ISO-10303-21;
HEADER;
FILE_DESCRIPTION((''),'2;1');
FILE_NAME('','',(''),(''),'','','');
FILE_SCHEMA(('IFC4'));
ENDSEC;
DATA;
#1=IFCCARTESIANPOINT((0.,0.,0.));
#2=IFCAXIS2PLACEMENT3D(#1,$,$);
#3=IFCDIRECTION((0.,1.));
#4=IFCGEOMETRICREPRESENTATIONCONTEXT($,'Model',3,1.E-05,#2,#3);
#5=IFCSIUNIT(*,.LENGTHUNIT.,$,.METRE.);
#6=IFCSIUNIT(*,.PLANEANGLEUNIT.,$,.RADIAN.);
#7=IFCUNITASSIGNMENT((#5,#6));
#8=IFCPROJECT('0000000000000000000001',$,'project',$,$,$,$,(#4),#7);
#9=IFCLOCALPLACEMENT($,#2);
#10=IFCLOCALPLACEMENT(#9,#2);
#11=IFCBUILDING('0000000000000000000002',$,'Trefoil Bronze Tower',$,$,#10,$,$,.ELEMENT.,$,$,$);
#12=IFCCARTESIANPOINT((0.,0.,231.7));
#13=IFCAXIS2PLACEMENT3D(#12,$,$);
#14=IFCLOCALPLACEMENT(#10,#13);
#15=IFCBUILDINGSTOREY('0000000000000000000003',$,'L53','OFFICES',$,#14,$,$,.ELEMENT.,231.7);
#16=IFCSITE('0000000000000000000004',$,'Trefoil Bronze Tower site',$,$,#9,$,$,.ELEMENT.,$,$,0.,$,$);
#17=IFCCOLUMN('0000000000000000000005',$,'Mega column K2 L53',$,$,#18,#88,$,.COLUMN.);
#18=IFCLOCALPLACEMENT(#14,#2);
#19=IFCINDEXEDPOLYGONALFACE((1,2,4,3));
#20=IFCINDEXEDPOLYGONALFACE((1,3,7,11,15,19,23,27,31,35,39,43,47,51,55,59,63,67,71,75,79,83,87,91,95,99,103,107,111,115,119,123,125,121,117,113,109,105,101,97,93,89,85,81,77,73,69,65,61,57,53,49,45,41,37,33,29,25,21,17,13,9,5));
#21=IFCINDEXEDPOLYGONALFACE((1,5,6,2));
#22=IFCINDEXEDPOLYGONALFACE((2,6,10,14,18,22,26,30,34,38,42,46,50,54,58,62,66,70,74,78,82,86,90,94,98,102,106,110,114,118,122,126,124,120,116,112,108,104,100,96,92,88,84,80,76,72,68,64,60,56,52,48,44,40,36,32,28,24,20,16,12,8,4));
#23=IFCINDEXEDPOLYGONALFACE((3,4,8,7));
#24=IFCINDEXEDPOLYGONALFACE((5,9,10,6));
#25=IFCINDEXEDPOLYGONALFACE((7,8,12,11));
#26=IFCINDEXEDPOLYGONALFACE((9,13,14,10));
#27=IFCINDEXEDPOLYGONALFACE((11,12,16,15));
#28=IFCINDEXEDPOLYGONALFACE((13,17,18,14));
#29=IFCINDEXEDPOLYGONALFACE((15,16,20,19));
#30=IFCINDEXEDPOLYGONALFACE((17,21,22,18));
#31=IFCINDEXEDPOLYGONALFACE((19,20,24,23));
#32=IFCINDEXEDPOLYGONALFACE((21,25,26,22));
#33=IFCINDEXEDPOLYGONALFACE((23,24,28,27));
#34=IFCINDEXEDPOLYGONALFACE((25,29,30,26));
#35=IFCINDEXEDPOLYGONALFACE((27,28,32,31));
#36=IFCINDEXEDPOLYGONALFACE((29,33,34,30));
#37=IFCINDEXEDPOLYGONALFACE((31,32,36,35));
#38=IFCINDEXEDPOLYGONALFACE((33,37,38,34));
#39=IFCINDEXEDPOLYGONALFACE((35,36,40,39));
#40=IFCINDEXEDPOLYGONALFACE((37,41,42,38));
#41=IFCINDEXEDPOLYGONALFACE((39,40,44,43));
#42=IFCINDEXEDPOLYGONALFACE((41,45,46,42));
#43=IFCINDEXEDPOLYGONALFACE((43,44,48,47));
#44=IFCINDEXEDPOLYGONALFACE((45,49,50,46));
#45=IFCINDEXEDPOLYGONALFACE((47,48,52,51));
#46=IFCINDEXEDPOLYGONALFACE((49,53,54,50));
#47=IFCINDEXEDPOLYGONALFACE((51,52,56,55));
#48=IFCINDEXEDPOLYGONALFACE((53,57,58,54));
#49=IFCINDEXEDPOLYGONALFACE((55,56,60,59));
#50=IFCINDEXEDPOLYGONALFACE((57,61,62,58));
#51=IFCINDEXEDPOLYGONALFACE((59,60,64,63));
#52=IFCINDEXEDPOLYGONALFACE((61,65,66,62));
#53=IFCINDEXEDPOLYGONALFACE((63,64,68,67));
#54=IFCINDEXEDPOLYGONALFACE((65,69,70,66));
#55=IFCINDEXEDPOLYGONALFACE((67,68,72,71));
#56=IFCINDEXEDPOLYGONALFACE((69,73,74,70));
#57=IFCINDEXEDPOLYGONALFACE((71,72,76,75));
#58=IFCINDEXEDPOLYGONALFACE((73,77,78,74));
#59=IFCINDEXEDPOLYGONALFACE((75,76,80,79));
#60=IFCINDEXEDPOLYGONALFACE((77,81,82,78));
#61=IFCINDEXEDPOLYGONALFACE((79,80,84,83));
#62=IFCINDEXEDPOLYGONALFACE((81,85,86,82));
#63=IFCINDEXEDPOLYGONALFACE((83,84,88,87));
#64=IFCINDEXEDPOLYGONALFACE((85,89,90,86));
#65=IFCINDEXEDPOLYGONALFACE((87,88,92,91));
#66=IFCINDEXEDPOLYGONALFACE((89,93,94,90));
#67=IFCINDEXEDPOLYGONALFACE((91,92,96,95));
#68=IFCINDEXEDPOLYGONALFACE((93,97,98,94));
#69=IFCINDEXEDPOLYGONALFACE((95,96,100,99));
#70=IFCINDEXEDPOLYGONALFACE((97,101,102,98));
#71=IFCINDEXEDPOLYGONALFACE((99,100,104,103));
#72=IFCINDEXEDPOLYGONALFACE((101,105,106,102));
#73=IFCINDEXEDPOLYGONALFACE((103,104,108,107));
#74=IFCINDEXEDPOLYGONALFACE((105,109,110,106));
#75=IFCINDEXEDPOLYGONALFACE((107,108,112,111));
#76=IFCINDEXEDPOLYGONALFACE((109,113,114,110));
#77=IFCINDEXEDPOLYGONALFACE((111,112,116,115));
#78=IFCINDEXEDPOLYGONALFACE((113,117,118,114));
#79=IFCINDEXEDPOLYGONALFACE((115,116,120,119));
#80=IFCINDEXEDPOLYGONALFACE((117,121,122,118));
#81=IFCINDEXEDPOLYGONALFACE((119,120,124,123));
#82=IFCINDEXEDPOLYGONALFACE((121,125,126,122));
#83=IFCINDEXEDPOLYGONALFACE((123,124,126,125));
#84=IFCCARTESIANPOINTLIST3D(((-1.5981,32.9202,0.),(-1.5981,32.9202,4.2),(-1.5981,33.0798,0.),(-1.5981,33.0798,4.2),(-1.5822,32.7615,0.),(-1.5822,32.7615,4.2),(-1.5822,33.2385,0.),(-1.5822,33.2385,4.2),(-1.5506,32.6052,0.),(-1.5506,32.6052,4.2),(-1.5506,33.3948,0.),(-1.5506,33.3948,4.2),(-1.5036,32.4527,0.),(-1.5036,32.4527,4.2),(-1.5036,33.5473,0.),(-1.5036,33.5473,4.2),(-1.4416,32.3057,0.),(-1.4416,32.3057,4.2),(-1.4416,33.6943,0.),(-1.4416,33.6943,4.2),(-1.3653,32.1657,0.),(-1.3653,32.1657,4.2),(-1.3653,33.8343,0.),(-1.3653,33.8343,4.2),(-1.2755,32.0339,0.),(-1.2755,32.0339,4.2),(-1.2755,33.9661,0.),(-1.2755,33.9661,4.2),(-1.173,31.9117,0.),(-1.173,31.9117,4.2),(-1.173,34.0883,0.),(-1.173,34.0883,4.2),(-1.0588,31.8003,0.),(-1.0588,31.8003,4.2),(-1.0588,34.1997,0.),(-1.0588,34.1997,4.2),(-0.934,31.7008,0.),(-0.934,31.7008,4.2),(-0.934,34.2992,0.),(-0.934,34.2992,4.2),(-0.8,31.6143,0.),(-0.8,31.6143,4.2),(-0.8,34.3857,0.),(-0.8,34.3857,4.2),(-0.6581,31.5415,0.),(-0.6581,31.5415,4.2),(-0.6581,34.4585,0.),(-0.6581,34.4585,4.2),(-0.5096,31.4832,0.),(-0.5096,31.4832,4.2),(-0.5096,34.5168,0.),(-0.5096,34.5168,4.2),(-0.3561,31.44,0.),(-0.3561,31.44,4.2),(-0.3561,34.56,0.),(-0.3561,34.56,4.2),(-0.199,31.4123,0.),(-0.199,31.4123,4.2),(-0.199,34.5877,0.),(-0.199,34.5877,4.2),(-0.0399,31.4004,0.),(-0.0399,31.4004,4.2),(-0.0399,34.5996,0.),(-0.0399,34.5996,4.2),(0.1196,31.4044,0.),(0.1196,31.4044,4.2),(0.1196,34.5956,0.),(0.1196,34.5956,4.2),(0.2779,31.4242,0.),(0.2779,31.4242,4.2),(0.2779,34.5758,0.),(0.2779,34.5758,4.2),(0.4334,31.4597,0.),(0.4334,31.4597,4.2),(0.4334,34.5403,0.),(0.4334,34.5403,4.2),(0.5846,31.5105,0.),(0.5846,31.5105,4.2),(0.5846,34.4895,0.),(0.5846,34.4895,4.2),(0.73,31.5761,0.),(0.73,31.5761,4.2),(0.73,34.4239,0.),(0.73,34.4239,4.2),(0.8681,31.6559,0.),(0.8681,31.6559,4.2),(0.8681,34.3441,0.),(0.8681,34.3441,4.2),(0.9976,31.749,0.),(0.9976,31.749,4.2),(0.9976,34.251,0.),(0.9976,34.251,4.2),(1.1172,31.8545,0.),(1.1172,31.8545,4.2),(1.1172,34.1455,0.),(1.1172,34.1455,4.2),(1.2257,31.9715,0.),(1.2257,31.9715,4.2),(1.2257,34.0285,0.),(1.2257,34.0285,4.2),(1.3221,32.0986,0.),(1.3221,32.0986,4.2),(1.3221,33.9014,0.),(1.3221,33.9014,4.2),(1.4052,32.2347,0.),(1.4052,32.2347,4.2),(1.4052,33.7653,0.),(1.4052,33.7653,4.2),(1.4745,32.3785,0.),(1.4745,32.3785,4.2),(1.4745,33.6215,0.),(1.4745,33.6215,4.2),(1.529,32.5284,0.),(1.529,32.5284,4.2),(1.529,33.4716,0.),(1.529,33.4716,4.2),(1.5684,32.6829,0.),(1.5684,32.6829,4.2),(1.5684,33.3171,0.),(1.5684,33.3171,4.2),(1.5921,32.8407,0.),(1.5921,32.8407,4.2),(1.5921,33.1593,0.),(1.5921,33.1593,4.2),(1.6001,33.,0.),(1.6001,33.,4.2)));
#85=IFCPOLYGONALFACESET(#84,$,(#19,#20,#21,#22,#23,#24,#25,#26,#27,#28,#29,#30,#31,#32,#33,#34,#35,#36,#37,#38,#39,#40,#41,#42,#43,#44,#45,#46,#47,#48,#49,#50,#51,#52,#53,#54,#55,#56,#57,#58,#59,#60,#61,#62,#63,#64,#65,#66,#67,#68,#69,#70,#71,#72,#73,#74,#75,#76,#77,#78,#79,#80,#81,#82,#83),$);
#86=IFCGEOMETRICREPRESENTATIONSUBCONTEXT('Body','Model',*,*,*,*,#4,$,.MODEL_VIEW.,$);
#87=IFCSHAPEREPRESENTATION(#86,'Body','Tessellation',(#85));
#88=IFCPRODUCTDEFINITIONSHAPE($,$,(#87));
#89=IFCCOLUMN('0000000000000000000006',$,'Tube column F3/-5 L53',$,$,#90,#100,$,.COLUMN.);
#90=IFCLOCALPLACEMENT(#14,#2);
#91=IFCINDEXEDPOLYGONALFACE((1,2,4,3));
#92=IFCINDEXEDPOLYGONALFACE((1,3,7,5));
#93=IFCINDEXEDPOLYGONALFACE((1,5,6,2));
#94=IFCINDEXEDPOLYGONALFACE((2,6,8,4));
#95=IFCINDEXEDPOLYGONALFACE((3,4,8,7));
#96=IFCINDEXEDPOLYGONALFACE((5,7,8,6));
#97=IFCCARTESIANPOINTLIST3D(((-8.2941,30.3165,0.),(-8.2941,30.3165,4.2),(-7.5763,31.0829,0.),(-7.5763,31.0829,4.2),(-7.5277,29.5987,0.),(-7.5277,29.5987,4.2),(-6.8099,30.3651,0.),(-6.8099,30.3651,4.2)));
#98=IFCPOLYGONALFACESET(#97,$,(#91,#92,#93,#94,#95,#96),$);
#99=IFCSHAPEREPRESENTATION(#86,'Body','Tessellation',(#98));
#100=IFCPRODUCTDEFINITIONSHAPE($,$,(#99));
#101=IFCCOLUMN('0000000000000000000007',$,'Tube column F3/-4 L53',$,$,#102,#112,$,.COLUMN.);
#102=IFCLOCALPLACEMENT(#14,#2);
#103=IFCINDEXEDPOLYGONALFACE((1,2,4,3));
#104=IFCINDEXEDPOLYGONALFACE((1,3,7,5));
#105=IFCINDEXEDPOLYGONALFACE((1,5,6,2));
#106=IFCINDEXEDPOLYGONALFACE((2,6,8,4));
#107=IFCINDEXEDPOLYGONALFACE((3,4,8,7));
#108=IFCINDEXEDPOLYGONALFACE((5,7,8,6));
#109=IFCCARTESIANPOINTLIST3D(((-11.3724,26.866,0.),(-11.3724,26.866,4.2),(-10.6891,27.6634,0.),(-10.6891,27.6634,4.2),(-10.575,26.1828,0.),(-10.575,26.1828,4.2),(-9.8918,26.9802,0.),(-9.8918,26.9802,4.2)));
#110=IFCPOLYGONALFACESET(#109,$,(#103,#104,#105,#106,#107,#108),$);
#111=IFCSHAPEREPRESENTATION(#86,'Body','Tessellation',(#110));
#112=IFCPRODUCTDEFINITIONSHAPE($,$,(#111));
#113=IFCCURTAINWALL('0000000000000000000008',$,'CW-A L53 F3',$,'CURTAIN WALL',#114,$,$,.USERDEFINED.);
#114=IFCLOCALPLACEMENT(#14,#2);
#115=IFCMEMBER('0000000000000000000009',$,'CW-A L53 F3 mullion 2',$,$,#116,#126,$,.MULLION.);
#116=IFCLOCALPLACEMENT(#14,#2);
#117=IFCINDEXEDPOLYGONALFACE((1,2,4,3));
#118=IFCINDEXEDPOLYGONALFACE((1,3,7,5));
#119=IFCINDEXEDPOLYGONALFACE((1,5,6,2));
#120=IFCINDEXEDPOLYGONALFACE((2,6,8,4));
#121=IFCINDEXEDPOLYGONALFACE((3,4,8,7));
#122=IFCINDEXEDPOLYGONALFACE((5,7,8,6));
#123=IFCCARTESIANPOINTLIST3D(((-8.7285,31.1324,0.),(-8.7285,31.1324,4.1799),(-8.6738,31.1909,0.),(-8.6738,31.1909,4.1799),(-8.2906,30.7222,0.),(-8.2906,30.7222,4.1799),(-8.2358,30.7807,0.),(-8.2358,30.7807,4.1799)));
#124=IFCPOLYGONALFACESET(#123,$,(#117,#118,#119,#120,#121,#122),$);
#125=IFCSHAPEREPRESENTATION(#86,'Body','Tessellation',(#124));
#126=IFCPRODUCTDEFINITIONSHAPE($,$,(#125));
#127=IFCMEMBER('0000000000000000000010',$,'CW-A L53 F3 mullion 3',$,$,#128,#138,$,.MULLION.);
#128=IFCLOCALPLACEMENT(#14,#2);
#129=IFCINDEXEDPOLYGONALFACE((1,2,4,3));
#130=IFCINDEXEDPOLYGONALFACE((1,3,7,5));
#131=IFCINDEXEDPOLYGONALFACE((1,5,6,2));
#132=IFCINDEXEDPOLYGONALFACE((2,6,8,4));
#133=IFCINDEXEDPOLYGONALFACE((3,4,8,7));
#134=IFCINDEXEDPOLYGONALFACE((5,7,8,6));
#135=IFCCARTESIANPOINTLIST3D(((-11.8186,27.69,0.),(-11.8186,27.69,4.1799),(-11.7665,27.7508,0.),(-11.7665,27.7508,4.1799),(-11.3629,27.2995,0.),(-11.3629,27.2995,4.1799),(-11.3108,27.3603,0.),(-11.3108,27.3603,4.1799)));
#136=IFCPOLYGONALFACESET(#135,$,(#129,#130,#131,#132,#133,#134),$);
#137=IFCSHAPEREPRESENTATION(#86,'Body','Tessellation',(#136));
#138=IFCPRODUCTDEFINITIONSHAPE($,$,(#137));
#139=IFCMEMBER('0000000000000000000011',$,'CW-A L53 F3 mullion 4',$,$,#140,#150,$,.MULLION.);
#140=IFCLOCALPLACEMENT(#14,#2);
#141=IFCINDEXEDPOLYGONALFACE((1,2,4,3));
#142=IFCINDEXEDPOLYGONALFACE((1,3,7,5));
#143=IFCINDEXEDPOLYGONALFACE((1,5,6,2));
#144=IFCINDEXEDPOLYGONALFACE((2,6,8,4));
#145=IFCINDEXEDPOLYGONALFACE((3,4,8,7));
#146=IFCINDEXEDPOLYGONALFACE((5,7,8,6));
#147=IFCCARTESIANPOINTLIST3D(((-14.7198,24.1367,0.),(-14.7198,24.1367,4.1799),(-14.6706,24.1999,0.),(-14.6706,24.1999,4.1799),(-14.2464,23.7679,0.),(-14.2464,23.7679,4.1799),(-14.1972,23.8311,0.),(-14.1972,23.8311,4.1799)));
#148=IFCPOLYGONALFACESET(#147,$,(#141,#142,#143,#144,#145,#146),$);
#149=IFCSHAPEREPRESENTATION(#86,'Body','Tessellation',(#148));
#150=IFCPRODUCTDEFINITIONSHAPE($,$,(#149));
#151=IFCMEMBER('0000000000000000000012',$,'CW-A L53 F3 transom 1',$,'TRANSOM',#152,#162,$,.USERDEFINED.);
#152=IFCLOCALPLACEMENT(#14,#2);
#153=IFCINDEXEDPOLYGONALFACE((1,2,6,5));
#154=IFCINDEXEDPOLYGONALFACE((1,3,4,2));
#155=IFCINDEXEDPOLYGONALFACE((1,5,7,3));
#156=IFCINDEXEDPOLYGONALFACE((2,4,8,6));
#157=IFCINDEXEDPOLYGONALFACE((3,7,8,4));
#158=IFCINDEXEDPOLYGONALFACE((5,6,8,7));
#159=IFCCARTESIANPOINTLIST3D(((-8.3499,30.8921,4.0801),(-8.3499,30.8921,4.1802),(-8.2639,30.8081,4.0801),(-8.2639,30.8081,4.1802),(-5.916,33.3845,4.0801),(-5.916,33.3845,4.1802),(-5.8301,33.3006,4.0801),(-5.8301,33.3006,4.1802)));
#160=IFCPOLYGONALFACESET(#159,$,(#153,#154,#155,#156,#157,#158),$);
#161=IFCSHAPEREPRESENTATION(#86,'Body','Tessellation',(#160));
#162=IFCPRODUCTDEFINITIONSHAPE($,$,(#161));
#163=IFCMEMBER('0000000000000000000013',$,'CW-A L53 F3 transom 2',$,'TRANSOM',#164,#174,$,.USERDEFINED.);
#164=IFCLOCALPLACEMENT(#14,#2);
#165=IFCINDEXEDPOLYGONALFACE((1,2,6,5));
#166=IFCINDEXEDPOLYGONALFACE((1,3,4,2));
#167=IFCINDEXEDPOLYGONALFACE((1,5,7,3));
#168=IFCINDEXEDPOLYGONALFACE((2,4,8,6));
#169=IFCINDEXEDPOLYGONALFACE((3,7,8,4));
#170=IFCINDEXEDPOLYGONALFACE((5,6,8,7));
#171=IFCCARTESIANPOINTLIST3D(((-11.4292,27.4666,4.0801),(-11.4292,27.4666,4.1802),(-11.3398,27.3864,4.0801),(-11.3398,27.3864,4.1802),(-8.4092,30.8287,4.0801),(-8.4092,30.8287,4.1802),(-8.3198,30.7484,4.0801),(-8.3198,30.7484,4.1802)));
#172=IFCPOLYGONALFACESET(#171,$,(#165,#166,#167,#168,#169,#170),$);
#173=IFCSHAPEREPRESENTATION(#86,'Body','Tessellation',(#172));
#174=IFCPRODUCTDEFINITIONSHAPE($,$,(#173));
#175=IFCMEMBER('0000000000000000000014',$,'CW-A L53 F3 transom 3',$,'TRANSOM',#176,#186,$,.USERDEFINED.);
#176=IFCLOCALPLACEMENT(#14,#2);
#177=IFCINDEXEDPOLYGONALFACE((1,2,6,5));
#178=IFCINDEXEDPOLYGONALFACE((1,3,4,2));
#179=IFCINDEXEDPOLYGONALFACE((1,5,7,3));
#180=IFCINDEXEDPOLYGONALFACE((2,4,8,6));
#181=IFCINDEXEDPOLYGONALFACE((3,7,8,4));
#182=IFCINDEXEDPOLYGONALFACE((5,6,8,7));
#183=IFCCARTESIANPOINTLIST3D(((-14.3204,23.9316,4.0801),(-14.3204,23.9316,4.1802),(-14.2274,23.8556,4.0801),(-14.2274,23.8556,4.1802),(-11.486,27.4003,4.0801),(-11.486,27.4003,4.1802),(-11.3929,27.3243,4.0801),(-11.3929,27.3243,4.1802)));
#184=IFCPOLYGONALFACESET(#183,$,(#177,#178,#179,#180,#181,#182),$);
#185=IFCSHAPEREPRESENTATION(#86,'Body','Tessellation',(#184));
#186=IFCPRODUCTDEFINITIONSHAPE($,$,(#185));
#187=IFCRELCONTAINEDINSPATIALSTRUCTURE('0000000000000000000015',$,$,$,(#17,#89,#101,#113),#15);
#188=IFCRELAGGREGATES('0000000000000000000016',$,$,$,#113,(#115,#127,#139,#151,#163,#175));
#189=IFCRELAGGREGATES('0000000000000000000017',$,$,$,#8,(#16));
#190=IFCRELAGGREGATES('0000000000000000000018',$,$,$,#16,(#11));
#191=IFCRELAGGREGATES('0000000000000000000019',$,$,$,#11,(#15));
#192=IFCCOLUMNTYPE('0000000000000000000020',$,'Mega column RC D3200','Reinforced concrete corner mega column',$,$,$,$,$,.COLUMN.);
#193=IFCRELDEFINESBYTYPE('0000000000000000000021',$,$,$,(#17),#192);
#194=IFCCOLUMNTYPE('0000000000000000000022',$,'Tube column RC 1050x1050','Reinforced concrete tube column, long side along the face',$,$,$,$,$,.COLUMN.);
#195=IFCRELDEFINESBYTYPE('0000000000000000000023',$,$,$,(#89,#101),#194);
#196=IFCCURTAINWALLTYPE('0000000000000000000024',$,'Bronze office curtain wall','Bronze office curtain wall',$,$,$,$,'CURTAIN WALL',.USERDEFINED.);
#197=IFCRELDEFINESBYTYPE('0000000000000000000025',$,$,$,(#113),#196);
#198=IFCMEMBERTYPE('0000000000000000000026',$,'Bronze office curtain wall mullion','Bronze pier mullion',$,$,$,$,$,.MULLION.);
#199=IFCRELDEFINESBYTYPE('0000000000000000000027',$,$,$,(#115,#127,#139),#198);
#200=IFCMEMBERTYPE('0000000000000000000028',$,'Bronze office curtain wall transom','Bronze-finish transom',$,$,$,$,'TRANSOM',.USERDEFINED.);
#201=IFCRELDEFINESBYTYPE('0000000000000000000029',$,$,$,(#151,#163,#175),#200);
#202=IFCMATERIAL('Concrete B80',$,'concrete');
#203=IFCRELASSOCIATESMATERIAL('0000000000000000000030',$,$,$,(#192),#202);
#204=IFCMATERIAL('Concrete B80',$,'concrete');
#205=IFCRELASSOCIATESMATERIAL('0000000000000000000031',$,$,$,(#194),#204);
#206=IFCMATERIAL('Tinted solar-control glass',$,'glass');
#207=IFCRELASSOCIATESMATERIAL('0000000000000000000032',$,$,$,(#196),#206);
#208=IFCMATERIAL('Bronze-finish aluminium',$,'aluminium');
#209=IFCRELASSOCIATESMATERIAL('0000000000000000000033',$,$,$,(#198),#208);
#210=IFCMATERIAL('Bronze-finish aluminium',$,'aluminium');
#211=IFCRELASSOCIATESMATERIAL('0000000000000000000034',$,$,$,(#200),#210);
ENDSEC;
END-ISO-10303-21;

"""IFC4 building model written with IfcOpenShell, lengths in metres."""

from ifc_helpers import new_model, si_unit, direction, frame, origin, origin_2d, place, context, subcontext, project, spatial, rectangle, circle, extrude, material, material_profile, profile_set, type_object, element, aggregate, save


model = new_model("IFC4")

# Units and contexts
model_context = context("Model", 3, precision=1e-05, world=origin(), true_north=direction((0.0, 1.0)))
body_context = subcontext(model_context, "Body", "Model", "MODEL_VIEW")
ifc_project = project(units=[si_unit("LENGTHUNIT", "METRE"), si_unit("PLANEANGLEUNIT", "RADIAN")], contexts=[model_context])

# Site, building, storey
site_placement = place(None, origin())
site = spatial("IfcSite", under=ifc_project, at=site_placement, Name="Trefoil Bronze Tower site", CompositionType="ELEMENT", RefElevation=0.0)
building_placement = place(site_placement, origin())
building = spatial("IfcBuilding", under=site, at=building_placement, Name="Trefoil Bronze Tower", CompositionType="ELEMENT")
storey_placement = place(building_placement, frame((0.0, 0.0, 231.7)))
storey = spatial("IfcBuildingStorey", under=building, at=storey_placement, Name="L53", Description="OFFICES", CompositionType="ELEMENT", Elevation=231.7)

# Columns
ifc_material_1 = material(Name="Concrete B80", Category="concrete")
ifc_material_profile_1 = material_profile(ifc_material_1, circle(Radius=1.6001, at=origin_2d()), Name="RC D3200")
ifc_profile_set_1 = profile_set([ifc_material_profile_1], Name="Concrete B80")
column_type_1 = type_object("IfcColumnType", Name="Mega column RC D3200", Description="Reinforced concrete corner mega column", PredefinedType="COLUMN", material=ifc_profile_set_1)
column_placement = place(storey_placement, frame((0.0, 33.0, 0.0), z_axis=(0.0, 0.0, 1.0), x_axis=(1.0, 0.0, 0.0)))
element("IfcColumn", 1, at=column_placement, inside=storey, type_object=column_type_1, Name="Mega column K2 L53", PredefinedType="COLUMN", context=body_context, shape_type="SweptSolid", body=[
    extrude(circle(Radius=1.6001, at=origin_2d()), origin(), (0.0, 0.0, 1.0), 4.2),
])
ifc_material_2 = material(Name="Concrete B80", Category="concrete")
ifc_material_profile_2 = material_profile(ifc_material_2, rectangle(XDim=1.05, YDim=1.05, at=origin_2d()), Name="RC 1050x1050")
ifc_profile_set_2 = profile_set([ifc_material_profile_2], Name="Concrete B80")
column_type_2 = type_object("IfcColumnType", Name="Tube column RC 1050x1050", Description="Reinforced concrete tube column, long side along the face", PredefinedType="COLUMN", material=ifc_profile_set_2)
for number, where, z_axis, x_axis, name in (
    (2, (-7.552, 30.3408, 0.0), (0.0, 0.0, 1.0), (-0.683597, -0.72986, 0.0), "Tube column F3/-5 L53"),
    (3, (-10.6321, 26.9231, 0.0), (0.0, 0.0, 1.0), (-0.650677, -0.759355, 0.0), "Tube column F3/-4 L53"),
):
    element("IfcColumn", number, at=place(storey_placement, frame(where, z_axis=z_axis, x_axis=x_axis)), inside=storey, type_object=column_type_2, Name=name, PredefinedType="COLUMN", context=body_context, shape_type="SweptSolid", body=[
        extrude(rectangle(XDim=1.05, YDim=1.05, at=origin_2d()), origin(), (0.0, 0.0, 1.0), 4.2),
    ])

# Curtain wall, members
ifc_material_3 = material(Name="Tinted solar-control glass", Category="glass")
curtain_wall_type_1 = type_object("IfcCurtainWallType", Name="Bronze office curtain wall", Description="Bronze office curtain wall", ElementType="CURTAIN WALL", PredefinedType="USERDEFINED", material=ifc_material_3)
curtain_wall_1_placement = place(storey_placement, origin())
curtain_wall_1 = element("IfcCurtainWall", 4, at=curtain_wall_1_placement, inside=storey, type_object=curtain_wall_type_1, Name="CW-A L53 F3", ObjectType="CURTAIN WALL", PredefinedType="USERDEFINED")
ifc_material_4 = material(Name="Bronze-finish aluminium", Category="aluminium")
ifc_material_profile_3 = material_profile(ifc_material_4, rectangle(XDim=0.6001, YDim=0.0801, at=origin_2d()), Name="CW-A mullion")
ifc_profile_set_3 = profile_set([ifc_material_profile_3], Name="Bronze-finish aluminium")
member_type_1 = type_object("IfcMemberType", Name="Bronze office curtain wall mullion", Description="Bronze pier mullion", PredefinedType="MULLION", material=ifc_profile_set_3)
member_1_placement = place(storey_placement, frame((-8.4822, 30.9565, 0.0), z_axis=(0.0, 0.0, 1.0), x_axis=(0.72986, -0.683597, 0.0)))
member_1 = element("IfcMember", 5, at=member_1_placement, type_object=member_type_1, Name="CW-A L53 F3 mullion 2", PredefinedType="MULLION", context=body_context, shape_type="SweptSolid", body=[
    extrude(rectangle(XDim=0.6001, YDim=0.0801, at=origin_2d()), origin(), (0.0, 0.0, 1.0), 4.1799),
])
member_2_placement = place(storey_placement, frame((-11.5647, 27.5251, 0.0), z_axis=(0.0, 0.0, 1.0), x_axis=(0.759355, -0.650677, 0.0)))
member_2 = element("IfcMember", 6, at=member_2_placement, type_object=member_type_1, Name="CW-A L53 F3 mullion 3", PredefinedType="MULLION", context=body_context, shape_type="SweptSolid", body=[
    extrude(rectangle(XDim=0.6001, YDim=0.0801, at=origin_2d()), origin(), (0.0, 0.0, 1.0), 4.1799),
])
member_3_placement = place(storey_placement, frame((-14.4585, 23.9839, 0.0), z_axis=(0.0, 0.0, 1.0), x_axis=(0.788821, -0.614622, 0.0)))
member_3 = element("IfcMember", 7, at=member_3_placement, type_object=member_type_1, Name="CW-A L53 F3 mullion 4", PredefinedType="MULLION", context=body_context, shape_type="SweptSolid", body=[
    extrude(rectangle(XDim=0.6001, YDim=0.0801, at=origin_2d()), origin(), (0.0, 0.0, 1.0), 4.1799),
])
ifc_material_5 = material(Name="Bronze-finish aluminium", Category="aluminium")
ifc_material_profile_4 = material_profile(ifc_material_5, rectangle(XDim=0.1201, YDim=0.1001, at=origin_2d()), Name="CW-A transom")
ifc_profile_set_4 = profile_set([ifc_material_profile_4], Name="Bronze-finish aluminium")
member_type_2 = type_object("IfcMemberType", Name="Bronze office curtain wall transom", Description="Bronze-finish transom", ElementType="TRANSOM", PredefinedType="USERDEFINED", material=ifc_profile_set_4)
member_4_placement = place(storey_placement, frame((-5.873, 33.3425, 4.1301), z_axis=(-0.698647, -0.715467, 0.0), x_axis=(0.715467, -0.698647, 0.0)))
member_4 = element("IfcMember", 8, at=member_4_placement, type_object=member_type_2, Name="CW-A L53 F3 transom 1", ObjectType="TRANSOM", PredefinedType="USERDEFINED", context=body_context, shape_type="SweptSolid", body=[
    extrude(rectangle(XDim=0.1201, YDim=0.1001, at=origin_2d()), origin(), (0.0, 0.0, 1.0), 3.4836),
])
member_5_placement = place(storey_placement, frame((-8.3645, 30.7886, 4.1301), z_axis=(-0.668251, -0.743936, 0.0), x_axis=(0.743936, -0.668251, 0.0)))
member_5 = element("IfcMember", 9, at=member_5_placement, type_object=member_type_2, Name="CW-A L53 F3 transom 2", ObjectType="TRANSOM", PredefinedType="USERDEFINED", context=body_context, shape_type="SweptSolid", body=[
    extrude(rectangle(XDim=0.1201, YDim=0.1001, at=origin_2d()), origin(), (0.0, 0.0, 1.0), 4.5193),
])
member_6_placement = place(storey_placement, frame((-11.4395, 27.3623, 4.1301), z_axis=(-0.632757, -0.774351, 0.0), x_axis=(0.774351, -0.632757, 0.0)))
member_6 = element("IfcMember", 10, at=member_6_placement, type_object=member_type_2, Name="CW-A L53 F3 transom 3", ObjectType="TRANSOM", PredefinedType="USERDEFINED", context=body_context, shape_type="SweptSolid", body=[
    extrude(rectangle(XDim=0.1201, YDim=0.1001, at=origin_2d()), origin(), (0.0, 0.0, 1.0), 4.4795),
])

aggregate(curtain_wall_1, [member_1, member_2, member_3, member_4, member_5, member_6])

save(model, "model.ifc")
